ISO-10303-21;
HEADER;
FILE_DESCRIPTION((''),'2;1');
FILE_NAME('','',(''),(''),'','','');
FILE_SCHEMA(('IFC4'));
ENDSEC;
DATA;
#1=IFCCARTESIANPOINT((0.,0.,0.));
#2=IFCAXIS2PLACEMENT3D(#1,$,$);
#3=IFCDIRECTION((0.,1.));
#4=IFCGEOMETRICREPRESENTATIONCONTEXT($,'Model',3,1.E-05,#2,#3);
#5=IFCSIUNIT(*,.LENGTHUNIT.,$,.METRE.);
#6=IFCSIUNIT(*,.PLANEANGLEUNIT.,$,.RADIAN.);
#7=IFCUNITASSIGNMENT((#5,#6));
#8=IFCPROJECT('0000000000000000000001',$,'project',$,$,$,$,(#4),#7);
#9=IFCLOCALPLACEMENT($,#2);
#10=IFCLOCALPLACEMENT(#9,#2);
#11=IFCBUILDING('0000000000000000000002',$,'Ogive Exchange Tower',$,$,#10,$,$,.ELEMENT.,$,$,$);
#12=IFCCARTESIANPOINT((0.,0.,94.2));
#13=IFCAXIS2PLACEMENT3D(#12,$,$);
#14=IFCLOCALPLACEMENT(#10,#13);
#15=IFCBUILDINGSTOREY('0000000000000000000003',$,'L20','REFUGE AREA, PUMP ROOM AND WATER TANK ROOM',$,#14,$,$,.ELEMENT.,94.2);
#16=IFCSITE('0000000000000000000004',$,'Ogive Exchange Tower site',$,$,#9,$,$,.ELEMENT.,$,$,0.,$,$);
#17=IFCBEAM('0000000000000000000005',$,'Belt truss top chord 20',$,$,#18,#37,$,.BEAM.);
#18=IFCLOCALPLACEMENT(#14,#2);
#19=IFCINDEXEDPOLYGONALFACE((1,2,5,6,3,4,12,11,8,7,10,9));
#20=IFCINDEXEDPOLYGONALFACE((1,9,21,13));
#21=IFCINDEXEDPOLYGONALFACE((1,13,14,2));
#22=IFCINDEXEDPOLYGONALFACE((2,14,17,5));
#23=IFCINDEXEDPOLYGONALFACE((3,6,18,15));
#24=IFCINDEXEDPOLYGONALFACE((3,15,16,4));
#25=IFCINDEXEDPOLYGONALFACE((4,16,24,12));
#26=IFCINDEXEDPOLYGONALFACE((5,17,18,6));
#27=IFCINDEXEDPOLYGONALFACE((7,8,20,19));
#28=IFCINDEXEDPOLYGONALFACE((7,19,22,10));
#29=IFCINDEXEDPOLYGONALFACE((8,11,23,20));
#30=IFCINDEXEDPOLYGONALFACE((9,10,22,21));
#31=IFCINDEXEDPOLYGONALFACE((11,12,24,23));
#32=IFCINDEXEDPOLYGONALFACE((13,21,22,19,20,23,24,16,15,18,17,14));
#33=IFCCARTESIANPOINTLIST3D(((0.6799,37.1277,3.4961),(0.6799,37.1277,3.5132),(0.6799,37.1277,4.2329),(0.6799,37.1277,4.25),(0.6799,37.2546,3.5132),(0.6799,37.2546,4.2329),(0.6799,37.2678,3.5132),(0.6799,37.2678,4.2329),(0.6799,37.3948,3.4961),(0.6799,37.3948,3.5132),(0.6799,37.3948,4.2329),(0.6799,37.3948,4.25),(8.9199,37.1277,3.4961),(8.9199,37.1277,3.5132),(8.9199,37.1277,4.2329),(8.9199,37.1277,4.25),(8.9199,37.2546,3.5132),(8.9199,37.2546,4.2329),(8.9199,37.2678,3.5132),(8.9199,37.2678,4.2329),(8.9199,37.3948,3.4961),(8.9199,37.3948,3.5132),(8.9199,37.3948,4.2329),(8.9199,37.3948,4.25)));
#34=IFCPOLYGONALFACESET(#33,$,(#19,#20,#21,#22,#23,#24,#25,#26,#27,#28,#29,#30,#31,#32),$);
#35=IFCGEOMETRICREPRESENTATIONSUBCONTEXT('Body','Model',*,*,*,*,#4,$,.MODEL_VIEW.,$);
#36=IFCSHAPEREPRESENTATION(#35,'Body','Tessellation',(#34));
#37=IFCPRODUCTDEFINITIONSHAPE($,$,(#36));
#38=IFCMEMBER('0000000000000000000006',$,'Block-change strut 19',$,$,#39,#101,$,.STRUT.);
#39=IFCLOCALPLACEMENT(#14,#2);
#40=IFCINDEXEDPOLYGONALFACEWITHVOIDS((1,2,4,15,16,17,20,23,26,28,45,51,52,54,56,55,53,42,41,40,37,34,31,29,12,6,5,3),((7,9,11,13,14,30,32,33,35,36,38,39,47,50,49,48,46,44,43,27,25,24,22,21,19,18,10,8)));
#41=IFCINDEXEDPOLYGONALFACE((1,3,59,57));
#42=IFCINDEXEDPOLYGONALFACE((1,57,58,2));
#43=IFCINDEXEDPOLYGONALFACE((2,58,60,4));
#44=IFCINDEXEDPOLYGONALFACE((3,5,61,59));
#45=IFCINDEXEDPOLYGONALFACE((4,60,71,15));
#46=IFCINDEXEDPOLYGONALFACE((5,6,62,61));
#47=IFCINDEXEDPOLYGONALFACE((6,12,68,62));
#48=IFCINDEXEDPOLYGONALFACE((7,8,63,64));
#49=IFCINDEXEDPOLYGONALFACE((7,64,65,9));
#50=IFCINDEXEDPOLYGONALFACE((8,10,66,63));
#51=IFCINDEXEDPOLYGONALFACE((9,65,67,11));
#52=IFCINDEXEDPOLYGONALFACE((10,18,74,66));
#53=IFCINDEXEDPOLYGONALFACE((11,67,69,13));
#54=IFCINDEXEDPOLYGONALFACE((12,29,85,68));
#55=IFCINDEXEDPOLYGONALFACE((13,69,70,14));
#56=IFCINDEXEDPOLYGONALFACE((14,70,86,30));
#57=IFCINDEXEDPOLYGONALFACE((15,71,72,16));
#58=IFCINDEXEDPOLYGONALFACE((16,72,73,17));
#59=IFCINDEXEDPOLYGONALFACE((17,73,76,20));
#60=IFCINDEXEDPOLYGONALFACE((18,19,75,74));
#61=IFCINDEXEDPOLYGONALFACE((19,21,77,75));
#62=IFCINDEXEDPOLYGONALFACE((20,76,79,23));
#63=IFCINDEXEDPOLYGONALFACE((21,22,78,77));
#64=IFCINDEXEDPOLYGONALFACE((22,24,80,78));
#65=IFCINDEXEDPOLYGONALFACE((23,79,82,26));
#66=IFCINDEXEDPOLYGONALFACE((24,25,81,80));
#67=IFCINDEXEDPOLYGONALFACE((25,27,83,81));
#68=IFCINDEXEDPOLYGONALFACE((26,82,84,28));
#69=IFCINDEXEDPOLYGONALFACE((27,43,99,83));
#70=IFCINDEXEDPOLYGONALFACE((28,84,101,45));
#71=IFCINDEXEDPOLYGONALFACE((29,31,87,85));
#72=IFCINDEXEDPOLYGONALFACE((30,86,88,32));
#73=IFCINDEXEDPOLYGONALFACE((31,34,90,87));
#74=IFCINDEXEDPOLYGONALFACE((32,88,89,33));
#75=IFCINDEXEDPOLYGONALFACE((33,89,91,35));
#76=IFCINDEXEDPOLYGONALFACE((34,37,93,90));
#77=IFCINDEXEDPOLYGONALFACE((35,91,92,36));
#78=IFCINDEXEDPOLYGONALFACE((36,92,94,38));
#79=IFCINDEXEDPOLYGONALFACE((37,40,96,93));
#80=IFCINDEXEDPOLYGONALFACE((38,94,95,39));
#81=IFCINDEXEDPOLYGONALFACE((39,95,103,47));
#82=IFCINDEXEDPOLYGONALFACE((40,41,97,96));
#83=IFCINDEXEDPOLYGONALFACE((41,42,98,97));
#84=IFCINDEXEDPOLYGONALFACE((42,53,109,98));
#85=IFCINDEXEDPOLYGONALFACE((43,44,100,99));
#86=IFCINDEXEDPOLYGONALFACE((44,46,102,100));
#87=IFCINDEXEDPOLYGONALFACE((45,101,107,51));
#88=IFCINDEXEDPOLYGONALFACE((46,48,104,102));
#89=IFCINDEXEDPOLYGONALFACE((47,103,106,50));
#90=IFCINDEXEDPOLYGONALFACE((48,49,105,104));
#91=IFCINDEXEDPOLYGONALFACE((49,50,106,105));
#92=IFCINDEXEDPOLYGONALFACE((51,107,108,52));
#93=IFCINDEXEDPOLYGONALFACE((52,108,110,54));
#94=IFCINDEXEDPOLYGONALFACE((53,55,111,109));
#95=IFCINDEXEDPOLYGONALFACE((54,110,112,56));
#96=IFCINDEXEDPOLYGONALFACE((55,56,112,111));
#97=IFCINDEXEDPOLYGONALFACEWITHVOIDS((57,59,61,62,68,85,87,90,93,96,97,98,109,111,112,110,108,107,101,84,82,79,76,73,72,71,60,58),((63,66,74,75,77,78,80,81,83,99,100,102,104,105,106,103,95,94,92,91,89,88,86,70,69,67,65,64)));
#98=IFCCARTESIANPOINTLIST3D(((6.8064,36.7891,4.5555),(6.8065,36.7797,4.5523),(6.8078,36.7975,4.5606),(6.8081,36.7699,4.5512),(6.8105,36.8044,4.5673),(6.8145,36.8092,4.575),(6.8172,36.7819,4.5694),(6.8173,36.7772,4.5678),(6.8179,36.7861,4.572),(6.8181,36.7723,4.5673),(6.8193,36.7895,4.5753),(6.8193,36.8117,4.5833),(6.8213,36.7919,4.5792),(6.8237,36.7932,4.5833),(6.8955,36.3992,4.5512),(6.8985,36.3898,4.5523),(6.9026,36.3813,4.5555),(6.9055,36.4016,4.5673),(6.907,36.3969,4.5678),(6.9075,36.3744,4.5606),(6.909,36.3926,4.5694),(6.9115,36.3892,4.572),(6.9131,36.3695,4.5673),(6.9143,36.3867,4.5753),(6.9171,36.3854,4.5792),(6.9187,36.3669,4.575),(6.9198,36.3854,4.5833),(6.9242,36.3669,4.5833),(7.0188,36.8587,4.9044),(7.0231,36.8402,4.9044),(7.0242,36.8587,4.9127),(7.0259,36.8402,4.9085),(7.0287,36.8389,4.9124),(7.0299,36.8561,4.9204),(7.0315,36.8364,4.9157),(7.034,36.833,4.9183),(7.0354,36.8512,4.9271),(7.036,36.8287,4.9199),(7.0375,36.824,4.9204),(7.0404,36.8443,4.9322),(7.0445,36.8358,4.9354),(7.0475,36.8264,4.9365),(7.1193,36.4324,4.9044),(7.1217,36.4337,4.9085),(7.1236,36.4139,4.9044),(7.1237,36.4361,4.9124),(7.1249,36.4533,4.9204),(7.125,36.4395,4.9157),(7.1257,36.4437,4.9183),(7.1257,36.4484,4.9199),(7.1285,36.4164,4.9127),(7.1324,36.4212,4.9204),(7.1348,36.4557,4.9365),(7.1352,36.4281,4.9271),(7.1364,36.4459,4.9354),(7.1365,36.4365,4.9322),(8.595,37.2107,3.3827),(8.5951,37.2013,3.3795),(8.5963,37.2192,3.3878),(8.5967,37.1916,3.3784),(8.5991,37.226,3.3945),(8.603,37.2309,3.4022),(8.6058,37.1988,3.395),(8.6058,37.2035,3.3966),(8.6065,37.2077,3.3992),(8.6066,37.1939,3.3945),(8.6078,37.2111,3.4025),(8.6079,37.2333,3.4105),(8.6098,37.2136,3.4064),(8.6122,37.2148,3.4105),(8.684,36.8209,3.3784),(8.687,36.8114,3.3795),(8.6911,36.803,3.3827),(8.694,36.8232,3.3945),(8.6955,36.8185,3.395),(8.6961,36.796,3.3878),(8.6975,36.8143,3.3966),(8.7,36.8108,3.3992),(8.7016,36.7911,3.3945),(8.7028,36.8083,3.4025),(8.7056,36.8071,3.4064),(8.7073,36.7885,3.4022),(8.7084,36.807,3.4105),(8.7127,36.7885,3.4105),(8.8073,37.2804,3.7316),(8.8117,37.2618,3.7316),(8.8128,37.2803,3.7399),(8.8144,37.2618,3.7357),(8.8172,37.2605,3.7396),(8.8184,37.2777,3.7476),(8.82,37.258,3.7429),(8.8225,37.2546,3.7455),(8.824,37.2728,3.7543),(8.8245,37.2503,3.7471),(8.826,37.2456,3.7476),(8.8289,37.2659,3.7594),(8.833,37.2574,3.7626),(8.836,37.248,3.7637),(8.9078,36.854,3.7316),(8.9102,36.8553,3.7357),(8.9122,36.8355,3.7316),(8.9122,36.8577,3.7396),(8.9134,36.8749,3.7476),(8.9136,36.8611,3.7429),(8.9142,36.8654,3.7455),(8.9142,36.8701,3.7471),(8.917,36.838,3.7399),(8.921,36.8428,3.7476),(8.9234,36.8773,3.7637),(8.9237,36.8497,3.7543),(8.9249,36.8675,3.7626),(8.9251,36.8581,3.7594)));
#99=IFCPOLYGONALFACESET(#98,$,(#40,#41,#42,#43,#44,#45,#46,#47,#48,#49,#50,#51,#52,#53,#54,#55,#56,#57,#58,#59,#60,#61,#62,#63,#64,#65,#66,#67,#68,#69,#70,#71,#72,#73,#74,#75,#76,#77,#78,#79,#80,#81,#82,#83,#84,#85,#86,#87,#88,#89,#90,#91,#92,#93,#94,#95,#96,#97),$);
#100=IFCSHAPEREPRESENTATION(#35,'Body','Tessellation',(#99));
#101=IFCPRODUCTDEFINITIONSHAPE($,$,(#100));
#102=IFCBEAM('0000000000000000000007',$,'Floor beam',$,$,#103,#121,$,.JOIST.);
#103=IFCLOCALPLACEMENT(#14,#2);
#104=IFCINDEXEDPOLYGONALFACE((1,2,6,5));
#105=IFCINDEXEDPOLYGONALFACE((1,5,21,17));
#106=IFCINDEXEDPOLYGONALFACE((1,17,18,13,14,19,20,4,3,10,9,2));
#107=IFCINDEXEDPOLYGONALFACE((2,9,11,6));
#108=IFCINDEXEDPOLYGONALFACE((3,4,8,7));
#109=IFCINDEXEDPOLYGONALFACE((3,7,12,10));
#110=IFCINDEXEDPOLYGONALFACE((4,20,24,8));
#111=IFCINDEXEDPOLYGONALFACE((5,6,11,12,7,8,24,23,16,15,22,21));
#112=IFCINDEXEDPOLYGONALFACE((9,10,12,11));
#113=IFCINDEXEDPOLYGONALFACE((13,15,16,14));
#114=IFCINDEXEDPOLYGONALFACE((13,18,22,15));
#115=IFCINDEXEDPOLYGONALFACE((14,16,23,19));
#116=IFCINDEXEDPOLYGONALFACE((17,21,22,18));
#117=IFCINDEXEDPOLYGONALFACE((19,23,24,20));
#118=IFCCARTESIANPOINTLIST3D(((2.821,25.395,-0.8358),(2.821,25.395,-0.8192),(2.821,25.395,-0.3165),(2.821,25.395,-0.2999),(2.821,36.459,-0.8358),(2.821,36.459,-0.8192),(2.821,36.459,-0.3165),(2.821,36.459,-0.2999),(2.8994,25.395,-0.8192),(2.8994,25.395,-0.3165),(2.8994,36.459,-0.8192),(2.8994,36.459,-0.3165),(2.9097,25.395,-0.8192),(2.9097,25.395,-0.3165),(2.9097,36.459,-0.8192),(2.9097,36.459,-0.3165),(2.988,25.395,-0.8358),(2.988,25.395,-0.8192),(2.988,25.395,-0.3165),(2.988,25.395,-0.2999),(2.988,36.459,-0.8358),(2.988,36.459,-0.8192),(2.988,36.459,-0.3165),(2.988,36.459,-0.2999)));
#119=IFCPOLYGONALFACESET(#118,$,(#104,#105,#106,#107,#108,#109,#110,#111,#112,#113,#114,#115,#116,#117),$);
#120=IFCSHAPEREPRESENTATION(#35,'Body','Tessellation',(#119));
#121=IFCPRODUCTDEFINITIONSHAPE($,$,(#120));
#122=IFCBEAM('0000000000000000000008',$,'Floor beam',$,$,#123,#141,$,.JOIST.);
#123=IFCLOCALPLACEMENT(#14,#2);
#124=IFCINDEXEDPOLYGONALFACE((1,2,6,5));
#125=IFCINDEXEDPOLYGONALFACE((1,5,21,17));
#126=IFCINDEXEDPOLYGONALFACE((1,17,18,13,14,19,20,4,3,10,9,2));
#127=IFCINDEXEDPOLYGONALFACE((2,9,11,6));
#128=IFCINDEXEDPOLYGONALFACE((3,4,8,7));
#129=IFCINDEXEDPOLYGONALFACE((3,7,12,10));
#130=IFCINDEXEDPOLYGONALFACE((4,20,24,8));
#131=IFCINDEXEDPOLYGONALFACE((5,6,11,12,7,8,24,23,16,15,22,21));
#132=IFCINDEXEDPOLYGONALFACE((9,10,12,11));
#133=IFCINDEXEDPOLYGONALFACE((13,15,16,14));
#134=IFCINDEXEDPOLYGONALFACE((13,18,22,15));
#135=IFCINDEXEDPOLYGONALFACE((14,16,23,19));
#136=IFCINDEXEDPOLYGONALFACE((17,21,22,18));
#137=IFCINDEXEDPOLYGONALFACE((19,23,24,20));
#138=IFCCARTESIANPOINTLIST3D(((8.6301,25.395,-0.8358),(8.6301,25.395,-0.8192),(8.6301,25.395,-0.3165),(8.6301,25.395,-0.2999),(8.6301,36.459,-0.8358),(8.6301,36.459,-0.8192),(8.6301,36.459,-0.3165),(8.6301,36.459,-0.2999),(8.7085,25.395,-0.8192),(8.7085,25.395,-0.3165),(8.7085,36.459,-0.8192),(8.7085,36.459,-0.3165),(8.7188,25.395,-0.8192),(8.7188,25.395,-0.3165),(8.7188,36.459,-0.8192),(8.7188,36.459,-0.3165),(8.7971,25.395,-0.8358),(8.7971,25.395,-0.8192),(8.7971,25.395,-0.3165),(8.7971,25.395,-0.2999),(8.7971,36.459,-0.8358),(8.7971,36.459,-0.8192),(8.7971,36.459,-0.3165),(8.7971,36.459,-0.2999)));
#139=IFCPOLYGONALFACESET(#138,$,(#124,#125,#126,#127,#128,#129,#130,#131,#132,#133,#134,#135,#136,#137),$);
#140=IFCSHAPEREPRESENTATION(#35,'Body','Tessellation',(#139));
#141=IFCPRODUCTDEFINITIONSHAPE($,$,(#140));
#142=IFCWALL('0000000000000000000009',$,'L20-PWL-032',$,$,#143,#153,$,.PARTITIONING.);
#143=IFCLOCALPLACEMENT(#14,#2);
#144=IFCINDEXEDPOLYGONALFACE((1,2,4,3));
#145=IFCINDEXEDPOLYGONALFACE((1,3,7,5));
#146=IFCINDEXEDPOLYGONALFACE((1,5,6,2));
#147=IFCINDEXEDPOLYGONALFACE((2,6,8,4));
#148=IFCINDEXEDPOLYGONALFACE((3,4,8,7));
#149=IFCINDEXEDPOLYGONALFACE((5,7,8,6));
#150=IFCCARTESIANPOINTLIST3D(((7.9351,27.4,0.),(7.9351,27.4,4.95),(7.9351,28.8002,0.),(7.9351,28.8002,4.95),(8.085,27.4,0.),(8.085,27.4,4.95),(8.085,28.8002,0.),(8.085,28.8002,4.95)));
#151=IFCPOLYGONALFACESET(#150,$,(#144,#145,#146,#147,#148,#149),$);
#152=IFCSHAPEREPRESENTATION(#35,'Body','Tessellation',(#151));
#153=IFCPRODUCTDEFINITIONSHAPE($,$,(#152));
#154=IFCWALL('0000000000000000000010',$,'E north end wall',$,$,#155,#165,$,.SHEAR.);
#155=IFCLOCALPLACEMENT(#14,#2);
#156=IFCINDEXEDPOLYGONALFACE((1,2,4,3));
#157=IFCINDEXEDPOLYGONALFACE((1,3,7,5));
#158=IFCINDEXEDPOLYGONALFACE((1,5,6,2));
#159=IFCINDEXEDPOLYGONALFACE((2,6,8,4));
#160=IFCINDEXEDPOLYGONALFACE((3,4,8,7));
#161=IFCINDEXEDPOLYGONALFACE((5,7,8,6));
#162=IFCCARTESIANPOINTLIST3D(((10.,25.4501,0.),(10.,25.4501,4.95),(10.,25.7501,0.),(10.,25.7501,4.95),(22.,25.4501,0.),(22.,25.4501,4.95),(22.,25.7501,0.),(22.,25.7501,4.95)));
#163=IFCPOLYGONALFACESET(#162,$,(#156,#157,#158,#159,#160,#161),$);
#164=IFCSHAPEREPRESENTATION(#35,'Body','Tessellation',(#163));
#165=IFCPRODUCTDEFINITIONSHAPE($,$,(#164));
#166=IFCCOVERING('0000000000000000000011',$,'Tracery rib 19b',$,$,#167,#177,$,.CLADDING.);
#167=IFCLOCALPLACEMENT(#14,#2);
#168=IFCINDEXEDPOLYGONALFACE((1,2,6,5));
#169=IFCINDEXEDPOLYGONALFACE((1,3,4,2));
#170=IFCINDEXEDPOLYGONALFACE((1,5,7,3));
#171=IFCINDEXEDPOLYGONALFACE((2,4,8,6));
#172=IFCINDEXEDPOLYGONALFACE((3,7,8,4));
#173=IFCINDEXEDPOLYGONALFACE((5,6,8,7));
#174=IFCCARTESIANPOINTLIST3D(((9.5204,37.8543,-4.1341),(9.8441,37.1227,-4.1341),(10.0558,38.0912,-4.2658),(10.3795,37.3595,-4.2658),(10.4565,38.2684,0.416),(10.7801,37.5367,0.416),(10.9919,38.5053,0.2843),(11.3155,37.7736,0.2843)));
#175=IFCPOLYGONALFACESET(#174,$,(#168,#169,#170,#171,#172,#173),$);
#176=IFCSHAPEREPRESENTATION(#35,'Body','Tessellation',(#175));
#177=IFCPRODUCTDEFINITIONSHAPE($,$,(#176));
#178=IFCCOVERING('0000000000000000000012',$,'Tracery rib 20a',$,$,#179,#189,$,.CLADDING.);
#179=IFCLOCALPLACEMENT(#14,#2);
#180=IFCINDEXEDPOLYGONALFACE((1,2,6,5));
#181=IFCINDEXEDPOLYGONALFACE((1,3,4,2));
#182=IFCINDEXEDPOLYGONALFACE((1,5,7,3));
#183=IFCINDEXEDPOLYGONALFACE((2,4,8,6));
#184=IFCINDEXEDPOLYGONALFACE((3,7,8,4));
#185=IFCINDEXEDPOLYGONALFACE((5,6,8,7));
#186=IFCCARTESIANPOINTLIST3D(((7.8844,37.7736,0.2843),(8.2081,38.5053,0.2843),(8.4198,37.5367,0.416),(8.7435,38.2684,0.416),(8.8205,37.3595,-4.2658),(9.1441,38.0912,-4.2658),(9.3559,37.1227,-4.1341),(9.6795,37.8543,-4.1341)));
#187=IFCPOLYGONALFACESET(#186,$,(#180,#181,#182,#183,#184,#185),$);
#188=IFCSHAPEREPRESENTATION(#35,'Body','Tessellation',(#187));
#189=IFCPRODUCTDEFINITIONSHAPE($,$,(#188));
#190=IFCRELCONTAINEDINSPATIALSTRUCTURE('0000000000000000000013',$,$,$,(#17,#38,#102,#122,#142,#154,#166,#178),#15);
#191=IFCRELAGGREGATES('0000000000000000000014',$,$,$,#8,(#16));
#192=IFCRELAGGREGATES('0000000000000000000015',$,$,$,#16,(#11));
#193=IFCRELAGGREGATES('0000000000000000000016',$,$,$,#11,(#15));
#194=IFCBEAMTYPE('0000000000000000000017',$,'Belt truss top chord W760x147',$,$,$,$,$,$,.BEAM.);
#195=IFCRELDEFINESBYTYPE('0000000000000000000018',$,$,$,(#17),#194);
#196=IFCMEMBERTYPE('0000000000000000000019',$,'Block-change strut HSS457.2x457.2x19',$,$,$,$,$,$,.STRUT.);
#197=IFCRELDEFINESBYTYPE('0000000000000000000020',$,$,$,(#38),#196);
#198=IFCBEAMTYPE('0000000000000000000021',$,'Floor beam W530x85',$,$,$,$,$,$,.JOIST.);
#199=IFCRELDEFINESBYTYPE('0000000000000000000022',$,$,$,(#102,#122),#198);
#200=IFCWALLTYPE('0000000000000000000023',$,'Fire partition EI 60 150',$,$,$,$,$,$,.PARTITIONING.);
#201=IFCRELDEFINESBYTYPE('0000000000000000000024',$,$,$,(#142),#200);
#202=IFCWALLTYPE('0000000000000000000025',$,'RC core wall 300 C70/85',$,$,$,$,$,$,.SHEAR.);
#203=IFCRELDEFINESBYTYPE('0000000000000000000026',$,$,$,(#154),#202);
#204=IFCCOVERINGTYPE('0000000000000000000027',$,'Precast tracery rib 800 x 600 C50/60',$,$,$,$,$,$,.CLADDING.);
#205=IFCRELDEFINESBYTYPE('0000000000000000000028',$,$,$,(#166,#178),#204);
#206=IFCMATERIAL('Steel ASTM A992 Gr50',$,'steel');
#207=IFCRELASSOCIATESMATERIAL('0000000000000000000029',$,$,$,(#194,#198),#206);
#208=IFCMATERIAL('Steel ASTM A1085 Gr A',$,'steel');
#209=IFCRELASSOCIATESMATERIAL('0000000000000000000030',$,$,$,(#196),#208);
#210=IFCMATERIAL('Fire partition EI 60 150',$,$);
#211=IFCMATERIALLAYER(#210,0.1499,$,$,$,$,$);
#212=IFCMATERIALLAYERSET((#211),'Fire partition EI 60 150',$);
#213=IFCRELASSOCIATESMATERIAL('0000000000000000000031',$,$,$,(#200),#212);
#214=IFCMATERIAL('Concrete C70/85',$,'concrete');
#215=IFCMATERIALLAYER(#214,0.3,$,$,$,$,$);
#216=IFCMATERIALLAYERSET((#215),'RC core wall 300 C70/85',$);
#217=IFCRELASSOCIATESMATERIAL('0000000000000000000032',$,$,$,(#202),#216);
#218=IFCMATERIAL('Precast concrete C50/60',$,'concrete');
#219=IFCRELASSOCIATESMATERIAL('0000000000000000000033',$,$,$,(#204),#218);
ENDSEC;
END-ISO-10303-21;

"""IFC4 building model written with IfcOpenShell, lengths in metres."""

from ifc_helpers import new_model, si_unit, direction, frame, frame_2d, origin, origin_2d, place, context, subcontext, project, spatial, rectangle, hollow_rectangle, i_section, extrude, material, layer, layer_set, material_profile, profile_set, type_object, element, save


model = new_model("IFC4")

# Units and contexts
model_context = context("Model", 3, precision=1e-05, world=origin(), true_north=direction((0.0, 1.0)))
body_context = subcontext(model_context, "Body", "Model", "MODEL_VIEW")
ifc_project = project(units=[si_unit("LENGTHUNIT", "METRE"), si_unit("PLANEANGLEUNIT", "RADIAN")], contexts=[model_context])

# Site, building, storey
site_placement = place(None, origin())
site = spatial("IfcSite", under=ifc_project, at=site_placement, Name="Ogive Exchange Tower site", CompositionType="ELEMENT", RefElevation=0.0)
building_placement = place(site_placement, origin())
building = spatial("IfcBuilding", under=site, at=building_placement, Name="Ogive Exchange Tower", CompositionType="ELEMENT")
storey_placement = place(building_placement, frame((0.0, 0.0, 94.2)))
storey = spatial("IfcBuildingStorey", under=building, at=storey_placement, Name="L20", Description="REFUGE AREA, PUMP ROOM AND WATER TANK ROOM", CompositionType="ELEMENT", Elevation=94.2)

# Shared definitions
ifc_material_1 = material(Name="Steel ASTM A992 Gr50", Category="steel")

# Shared definitions
ifc_material_2 = material(Name="Steel ASTM A1085 Gr A", Category="steel")

# Beam
ifc_material_profile_1 = material_profile(ifc_material_1, i_section(OverallWidth=0.2671, OverallDepth=0.7539, WebThickness=0.0132, FlangeThickness=0.0171, at=origin_2d()), Name="W760x147")
ifc_profile_set_1 = profile_set([ifc_material_profile_1], Name="Steel ASTM A992 Gr50")
beam_type_1 = type_object("IfcBeamType", Name="Belt truss top chord W760x147", PredefinedType="BEAM", material=ifc_profile_set_1)
beam_1_placement = place(storey_placement, frame((8.9199, 37.2612, 3.873), z_axis=(-1.0, 0.0, 0.0), x_axis=(0.0, -1.0, 0.0)))
element("IfcBeam", 1, at=beam_1_placement, inside=storey, type_object=beam_type_1, Name="Belt truss top chord 20", PredefinedType="BEAM", context=body_context, shape_type="SweptSolid", body=[
    extrude(i_section(OverallWidth=0.2671, OverallDepth=0.7539, WebThickness=0.0132, FlangeThickness=0.0171, at=origin_2d()), origin(), (0.0, 0.0, 1.0), 8.24),
])

# Member
ifc_material_profile_2 = material_profile(ifc_material_2, hollow_rectangle(XDim=0.457, YDim=0.457, WallThickness=0.019, InnerFilletRadius=0.019, OuterFilletRadius=0.0381, at=origin_2d()), Name="HSS457.2x457.2x19")
ifc_profile_set_2 = profile_set([ifc_material_profile_2], Name="Steel ASTM A1085 Gr A")
member_type_1 = type_object("IfcMemberType", Name="Block-change strut HSS457.2x457.2x19", PredefinedType="STRUT", material=ifc_profile_set_2)
member_placement = place(storey_placement, frame((8.76, 37.0344, 3.571), z_axis=(-0.820451, -0.19341, 0.538008), x_axis=(0.229447, -0.973321, 0.0)))
element("IfcMember", 2, at=member_placement, inside=storey, type_object=member_type_1, Name="Block-change strut 19", PredefinedType="STRUT", context=body_context, shape_type="SweptSolid", body=[
    extrude(hollow_rectangle(XDim=0.457, YDim=0.457, WallThickness=0.019, InnerFilletRadius=0.019, OuterFilletRadius=0.0381, at=origin_2d()), origin(), (0.0, 0.0, 1.0), 2.1799),
])

# Beams
ifc_material_profile_3 = material_profile(ifc_material_1, i_section(OverallWidth=0.167, OverallDepth=0.5359, WebThickness=0.0103, FlangeThickness=0.0166, at=origin_2d()), Name="W530x85")
ifc_profile_set_3 = profile_set([ifc_material_profile_3], Name="Steel ASTM A992 Gr50")
beam_type_2 = type_object("IfcBeamType", Name="Floor beam W530x85", PredefinedType="JOIST", material=ifc_profile_set_3)
for number, where, z_axis, x_axis, name in (
    (3, (2.9045, 25.395, -0.5679), (0.0, 1.0, 0.0), (-1.0, 0.0, 0.0), "Floor beam"),
    (4, (8.7136, 25.395, -0.5679), (0.0, 1.0, 0.0), (-1.0, 0.0, 0.0), "Floor beam"),
):
    element("IfcBeam", number, at=place(storey_placement, frame(where, z_axis=z_axis, x_axis=x_axis)), inside=storey, type_object=beam_type_2, Name=name, PredefinedType="JOIST", context=body_context, shape_type="SweptSolid", body=[
        extrude(i_section(OverallWidth=0.167, OverallDepth=0.5359, WebThickness=0.0103, FlangeThickness=0.0166, at=origin_2d()), origin(), (0.0, 0.0, 1.0), 11.064),
    ])

# Walls
ifc_material_3 = material(Name="Fire partition EI 60 150")
ifc_layer_1 = layer(ifc_material_3, 0.1499)
ifc_layer_set_1 = layer_set([ifc_layer_1], Name="Fire partition EI 60 150")
wall_type_1 = type_object("IfcWallType", Name="Fire partition EI 60 150", PredefinedType="PARTITIONING", material=ifc_layer_set_1)
wall_1_placement = place(storey_placement, frame((8.01, 27.3999, 0.0), z_axis=(0.0, 0.0, 1.0), x_axis=(0.0, 1.0, 0.0)))
element("IfcWall", 5, at=wall_1_placement, inside=storey, type_object=wall_type_1, Name="L20-PWL-032", PredefinedType="PARTITIONING", context=body_context, shape_type="SweptSolid", body=[
    extrude(rectangle(XDim=1.4001, YDim=0.1499, at=frame_2d((0.7002, 0.0))), origin(), (0.0, 0.0, 1.0), 4.95),
])
ifc_material_4 = material(Name="Concrete C70/85", Category="concrete")
ifc_layer_2 = layer(ifc_material_4, 0.3)
ifc_layer_set_2 = layer_set([ifc_layer_2], Name="RC core wall 300 C70/85")
wall_type_2 = type_object("IfcWallType", Name="RC core wall 300 C70/85", PredefinedType="SHEAR", material=ifc_layer_set_2)
wall_2_placement = place(storey_placement, frame((10.0, 25.6001, 0.0), z_axis=(0.0, 0.0, 1.0), x_axis=(1.0, 0.0, 0.0)))
element("IfcWall", 6, at=wall_2_placement, inside=storey, type_object=wall_type_2, Name="E north end wall", PredefinedType="SHEAR", context=body_context, shape_type="SweptSolid", body=[
    extrude(rectangle(XDim=12.0, YDim=0.3, at=frame_2d((6.0, 0.0))), origin(), (0.0, 0.0, 1.0), 4.95),
])

# Coverings
ifc_material_5 = material(Name="Precast concrete C50/60", Category="concrete")
ifc_material_profile_4 = material_profile(ifc_material_5, rectangle(XDim=0.8, YDim=0.6001, at=origin_2d()), Name="RIB 800 x 600")
ifc_profile_set_4 = profile_set([ifc_material_profile_4], Name="Precast concrete C50/60")
covering_type = type_object("IfcCoveringType", Name="Precast tracery rib 800 x 600 C50/60", PredefinedType="CLADDING", material=ifc_profile_set_4)
for number, where, z_axis, x_axis, name in (
    (7, (9.95, 37.6069, -4.2), (0.200704, 0.088783, 0.97562), (-0.404544, 0.914518, 0.0), "Tracery rib 19b"),
    (8, (9.25, 37.6069, -4.2), (-0.200704, 0.088783, 0.97562), (-0.404544, -0.914518, 0.0), "Tracery rib 20a"),
):
    element("IfcCovering", number, at=place(storey_placement, frame(where, z_axis=z_axis, x_axis=x_axis)), inside=storey, type_object=covering_type, Name=name, PredefinedType="CLADDING", context=body_context, shape_type="SweptSolid", body=[
        extrude(rectangle(XDim=0.8, YDim=0.6001, at=origin_2d()), origin(), (0.0, 0.0, 1.0), 4.6638),
    ])

save(model, "model.ifc")
